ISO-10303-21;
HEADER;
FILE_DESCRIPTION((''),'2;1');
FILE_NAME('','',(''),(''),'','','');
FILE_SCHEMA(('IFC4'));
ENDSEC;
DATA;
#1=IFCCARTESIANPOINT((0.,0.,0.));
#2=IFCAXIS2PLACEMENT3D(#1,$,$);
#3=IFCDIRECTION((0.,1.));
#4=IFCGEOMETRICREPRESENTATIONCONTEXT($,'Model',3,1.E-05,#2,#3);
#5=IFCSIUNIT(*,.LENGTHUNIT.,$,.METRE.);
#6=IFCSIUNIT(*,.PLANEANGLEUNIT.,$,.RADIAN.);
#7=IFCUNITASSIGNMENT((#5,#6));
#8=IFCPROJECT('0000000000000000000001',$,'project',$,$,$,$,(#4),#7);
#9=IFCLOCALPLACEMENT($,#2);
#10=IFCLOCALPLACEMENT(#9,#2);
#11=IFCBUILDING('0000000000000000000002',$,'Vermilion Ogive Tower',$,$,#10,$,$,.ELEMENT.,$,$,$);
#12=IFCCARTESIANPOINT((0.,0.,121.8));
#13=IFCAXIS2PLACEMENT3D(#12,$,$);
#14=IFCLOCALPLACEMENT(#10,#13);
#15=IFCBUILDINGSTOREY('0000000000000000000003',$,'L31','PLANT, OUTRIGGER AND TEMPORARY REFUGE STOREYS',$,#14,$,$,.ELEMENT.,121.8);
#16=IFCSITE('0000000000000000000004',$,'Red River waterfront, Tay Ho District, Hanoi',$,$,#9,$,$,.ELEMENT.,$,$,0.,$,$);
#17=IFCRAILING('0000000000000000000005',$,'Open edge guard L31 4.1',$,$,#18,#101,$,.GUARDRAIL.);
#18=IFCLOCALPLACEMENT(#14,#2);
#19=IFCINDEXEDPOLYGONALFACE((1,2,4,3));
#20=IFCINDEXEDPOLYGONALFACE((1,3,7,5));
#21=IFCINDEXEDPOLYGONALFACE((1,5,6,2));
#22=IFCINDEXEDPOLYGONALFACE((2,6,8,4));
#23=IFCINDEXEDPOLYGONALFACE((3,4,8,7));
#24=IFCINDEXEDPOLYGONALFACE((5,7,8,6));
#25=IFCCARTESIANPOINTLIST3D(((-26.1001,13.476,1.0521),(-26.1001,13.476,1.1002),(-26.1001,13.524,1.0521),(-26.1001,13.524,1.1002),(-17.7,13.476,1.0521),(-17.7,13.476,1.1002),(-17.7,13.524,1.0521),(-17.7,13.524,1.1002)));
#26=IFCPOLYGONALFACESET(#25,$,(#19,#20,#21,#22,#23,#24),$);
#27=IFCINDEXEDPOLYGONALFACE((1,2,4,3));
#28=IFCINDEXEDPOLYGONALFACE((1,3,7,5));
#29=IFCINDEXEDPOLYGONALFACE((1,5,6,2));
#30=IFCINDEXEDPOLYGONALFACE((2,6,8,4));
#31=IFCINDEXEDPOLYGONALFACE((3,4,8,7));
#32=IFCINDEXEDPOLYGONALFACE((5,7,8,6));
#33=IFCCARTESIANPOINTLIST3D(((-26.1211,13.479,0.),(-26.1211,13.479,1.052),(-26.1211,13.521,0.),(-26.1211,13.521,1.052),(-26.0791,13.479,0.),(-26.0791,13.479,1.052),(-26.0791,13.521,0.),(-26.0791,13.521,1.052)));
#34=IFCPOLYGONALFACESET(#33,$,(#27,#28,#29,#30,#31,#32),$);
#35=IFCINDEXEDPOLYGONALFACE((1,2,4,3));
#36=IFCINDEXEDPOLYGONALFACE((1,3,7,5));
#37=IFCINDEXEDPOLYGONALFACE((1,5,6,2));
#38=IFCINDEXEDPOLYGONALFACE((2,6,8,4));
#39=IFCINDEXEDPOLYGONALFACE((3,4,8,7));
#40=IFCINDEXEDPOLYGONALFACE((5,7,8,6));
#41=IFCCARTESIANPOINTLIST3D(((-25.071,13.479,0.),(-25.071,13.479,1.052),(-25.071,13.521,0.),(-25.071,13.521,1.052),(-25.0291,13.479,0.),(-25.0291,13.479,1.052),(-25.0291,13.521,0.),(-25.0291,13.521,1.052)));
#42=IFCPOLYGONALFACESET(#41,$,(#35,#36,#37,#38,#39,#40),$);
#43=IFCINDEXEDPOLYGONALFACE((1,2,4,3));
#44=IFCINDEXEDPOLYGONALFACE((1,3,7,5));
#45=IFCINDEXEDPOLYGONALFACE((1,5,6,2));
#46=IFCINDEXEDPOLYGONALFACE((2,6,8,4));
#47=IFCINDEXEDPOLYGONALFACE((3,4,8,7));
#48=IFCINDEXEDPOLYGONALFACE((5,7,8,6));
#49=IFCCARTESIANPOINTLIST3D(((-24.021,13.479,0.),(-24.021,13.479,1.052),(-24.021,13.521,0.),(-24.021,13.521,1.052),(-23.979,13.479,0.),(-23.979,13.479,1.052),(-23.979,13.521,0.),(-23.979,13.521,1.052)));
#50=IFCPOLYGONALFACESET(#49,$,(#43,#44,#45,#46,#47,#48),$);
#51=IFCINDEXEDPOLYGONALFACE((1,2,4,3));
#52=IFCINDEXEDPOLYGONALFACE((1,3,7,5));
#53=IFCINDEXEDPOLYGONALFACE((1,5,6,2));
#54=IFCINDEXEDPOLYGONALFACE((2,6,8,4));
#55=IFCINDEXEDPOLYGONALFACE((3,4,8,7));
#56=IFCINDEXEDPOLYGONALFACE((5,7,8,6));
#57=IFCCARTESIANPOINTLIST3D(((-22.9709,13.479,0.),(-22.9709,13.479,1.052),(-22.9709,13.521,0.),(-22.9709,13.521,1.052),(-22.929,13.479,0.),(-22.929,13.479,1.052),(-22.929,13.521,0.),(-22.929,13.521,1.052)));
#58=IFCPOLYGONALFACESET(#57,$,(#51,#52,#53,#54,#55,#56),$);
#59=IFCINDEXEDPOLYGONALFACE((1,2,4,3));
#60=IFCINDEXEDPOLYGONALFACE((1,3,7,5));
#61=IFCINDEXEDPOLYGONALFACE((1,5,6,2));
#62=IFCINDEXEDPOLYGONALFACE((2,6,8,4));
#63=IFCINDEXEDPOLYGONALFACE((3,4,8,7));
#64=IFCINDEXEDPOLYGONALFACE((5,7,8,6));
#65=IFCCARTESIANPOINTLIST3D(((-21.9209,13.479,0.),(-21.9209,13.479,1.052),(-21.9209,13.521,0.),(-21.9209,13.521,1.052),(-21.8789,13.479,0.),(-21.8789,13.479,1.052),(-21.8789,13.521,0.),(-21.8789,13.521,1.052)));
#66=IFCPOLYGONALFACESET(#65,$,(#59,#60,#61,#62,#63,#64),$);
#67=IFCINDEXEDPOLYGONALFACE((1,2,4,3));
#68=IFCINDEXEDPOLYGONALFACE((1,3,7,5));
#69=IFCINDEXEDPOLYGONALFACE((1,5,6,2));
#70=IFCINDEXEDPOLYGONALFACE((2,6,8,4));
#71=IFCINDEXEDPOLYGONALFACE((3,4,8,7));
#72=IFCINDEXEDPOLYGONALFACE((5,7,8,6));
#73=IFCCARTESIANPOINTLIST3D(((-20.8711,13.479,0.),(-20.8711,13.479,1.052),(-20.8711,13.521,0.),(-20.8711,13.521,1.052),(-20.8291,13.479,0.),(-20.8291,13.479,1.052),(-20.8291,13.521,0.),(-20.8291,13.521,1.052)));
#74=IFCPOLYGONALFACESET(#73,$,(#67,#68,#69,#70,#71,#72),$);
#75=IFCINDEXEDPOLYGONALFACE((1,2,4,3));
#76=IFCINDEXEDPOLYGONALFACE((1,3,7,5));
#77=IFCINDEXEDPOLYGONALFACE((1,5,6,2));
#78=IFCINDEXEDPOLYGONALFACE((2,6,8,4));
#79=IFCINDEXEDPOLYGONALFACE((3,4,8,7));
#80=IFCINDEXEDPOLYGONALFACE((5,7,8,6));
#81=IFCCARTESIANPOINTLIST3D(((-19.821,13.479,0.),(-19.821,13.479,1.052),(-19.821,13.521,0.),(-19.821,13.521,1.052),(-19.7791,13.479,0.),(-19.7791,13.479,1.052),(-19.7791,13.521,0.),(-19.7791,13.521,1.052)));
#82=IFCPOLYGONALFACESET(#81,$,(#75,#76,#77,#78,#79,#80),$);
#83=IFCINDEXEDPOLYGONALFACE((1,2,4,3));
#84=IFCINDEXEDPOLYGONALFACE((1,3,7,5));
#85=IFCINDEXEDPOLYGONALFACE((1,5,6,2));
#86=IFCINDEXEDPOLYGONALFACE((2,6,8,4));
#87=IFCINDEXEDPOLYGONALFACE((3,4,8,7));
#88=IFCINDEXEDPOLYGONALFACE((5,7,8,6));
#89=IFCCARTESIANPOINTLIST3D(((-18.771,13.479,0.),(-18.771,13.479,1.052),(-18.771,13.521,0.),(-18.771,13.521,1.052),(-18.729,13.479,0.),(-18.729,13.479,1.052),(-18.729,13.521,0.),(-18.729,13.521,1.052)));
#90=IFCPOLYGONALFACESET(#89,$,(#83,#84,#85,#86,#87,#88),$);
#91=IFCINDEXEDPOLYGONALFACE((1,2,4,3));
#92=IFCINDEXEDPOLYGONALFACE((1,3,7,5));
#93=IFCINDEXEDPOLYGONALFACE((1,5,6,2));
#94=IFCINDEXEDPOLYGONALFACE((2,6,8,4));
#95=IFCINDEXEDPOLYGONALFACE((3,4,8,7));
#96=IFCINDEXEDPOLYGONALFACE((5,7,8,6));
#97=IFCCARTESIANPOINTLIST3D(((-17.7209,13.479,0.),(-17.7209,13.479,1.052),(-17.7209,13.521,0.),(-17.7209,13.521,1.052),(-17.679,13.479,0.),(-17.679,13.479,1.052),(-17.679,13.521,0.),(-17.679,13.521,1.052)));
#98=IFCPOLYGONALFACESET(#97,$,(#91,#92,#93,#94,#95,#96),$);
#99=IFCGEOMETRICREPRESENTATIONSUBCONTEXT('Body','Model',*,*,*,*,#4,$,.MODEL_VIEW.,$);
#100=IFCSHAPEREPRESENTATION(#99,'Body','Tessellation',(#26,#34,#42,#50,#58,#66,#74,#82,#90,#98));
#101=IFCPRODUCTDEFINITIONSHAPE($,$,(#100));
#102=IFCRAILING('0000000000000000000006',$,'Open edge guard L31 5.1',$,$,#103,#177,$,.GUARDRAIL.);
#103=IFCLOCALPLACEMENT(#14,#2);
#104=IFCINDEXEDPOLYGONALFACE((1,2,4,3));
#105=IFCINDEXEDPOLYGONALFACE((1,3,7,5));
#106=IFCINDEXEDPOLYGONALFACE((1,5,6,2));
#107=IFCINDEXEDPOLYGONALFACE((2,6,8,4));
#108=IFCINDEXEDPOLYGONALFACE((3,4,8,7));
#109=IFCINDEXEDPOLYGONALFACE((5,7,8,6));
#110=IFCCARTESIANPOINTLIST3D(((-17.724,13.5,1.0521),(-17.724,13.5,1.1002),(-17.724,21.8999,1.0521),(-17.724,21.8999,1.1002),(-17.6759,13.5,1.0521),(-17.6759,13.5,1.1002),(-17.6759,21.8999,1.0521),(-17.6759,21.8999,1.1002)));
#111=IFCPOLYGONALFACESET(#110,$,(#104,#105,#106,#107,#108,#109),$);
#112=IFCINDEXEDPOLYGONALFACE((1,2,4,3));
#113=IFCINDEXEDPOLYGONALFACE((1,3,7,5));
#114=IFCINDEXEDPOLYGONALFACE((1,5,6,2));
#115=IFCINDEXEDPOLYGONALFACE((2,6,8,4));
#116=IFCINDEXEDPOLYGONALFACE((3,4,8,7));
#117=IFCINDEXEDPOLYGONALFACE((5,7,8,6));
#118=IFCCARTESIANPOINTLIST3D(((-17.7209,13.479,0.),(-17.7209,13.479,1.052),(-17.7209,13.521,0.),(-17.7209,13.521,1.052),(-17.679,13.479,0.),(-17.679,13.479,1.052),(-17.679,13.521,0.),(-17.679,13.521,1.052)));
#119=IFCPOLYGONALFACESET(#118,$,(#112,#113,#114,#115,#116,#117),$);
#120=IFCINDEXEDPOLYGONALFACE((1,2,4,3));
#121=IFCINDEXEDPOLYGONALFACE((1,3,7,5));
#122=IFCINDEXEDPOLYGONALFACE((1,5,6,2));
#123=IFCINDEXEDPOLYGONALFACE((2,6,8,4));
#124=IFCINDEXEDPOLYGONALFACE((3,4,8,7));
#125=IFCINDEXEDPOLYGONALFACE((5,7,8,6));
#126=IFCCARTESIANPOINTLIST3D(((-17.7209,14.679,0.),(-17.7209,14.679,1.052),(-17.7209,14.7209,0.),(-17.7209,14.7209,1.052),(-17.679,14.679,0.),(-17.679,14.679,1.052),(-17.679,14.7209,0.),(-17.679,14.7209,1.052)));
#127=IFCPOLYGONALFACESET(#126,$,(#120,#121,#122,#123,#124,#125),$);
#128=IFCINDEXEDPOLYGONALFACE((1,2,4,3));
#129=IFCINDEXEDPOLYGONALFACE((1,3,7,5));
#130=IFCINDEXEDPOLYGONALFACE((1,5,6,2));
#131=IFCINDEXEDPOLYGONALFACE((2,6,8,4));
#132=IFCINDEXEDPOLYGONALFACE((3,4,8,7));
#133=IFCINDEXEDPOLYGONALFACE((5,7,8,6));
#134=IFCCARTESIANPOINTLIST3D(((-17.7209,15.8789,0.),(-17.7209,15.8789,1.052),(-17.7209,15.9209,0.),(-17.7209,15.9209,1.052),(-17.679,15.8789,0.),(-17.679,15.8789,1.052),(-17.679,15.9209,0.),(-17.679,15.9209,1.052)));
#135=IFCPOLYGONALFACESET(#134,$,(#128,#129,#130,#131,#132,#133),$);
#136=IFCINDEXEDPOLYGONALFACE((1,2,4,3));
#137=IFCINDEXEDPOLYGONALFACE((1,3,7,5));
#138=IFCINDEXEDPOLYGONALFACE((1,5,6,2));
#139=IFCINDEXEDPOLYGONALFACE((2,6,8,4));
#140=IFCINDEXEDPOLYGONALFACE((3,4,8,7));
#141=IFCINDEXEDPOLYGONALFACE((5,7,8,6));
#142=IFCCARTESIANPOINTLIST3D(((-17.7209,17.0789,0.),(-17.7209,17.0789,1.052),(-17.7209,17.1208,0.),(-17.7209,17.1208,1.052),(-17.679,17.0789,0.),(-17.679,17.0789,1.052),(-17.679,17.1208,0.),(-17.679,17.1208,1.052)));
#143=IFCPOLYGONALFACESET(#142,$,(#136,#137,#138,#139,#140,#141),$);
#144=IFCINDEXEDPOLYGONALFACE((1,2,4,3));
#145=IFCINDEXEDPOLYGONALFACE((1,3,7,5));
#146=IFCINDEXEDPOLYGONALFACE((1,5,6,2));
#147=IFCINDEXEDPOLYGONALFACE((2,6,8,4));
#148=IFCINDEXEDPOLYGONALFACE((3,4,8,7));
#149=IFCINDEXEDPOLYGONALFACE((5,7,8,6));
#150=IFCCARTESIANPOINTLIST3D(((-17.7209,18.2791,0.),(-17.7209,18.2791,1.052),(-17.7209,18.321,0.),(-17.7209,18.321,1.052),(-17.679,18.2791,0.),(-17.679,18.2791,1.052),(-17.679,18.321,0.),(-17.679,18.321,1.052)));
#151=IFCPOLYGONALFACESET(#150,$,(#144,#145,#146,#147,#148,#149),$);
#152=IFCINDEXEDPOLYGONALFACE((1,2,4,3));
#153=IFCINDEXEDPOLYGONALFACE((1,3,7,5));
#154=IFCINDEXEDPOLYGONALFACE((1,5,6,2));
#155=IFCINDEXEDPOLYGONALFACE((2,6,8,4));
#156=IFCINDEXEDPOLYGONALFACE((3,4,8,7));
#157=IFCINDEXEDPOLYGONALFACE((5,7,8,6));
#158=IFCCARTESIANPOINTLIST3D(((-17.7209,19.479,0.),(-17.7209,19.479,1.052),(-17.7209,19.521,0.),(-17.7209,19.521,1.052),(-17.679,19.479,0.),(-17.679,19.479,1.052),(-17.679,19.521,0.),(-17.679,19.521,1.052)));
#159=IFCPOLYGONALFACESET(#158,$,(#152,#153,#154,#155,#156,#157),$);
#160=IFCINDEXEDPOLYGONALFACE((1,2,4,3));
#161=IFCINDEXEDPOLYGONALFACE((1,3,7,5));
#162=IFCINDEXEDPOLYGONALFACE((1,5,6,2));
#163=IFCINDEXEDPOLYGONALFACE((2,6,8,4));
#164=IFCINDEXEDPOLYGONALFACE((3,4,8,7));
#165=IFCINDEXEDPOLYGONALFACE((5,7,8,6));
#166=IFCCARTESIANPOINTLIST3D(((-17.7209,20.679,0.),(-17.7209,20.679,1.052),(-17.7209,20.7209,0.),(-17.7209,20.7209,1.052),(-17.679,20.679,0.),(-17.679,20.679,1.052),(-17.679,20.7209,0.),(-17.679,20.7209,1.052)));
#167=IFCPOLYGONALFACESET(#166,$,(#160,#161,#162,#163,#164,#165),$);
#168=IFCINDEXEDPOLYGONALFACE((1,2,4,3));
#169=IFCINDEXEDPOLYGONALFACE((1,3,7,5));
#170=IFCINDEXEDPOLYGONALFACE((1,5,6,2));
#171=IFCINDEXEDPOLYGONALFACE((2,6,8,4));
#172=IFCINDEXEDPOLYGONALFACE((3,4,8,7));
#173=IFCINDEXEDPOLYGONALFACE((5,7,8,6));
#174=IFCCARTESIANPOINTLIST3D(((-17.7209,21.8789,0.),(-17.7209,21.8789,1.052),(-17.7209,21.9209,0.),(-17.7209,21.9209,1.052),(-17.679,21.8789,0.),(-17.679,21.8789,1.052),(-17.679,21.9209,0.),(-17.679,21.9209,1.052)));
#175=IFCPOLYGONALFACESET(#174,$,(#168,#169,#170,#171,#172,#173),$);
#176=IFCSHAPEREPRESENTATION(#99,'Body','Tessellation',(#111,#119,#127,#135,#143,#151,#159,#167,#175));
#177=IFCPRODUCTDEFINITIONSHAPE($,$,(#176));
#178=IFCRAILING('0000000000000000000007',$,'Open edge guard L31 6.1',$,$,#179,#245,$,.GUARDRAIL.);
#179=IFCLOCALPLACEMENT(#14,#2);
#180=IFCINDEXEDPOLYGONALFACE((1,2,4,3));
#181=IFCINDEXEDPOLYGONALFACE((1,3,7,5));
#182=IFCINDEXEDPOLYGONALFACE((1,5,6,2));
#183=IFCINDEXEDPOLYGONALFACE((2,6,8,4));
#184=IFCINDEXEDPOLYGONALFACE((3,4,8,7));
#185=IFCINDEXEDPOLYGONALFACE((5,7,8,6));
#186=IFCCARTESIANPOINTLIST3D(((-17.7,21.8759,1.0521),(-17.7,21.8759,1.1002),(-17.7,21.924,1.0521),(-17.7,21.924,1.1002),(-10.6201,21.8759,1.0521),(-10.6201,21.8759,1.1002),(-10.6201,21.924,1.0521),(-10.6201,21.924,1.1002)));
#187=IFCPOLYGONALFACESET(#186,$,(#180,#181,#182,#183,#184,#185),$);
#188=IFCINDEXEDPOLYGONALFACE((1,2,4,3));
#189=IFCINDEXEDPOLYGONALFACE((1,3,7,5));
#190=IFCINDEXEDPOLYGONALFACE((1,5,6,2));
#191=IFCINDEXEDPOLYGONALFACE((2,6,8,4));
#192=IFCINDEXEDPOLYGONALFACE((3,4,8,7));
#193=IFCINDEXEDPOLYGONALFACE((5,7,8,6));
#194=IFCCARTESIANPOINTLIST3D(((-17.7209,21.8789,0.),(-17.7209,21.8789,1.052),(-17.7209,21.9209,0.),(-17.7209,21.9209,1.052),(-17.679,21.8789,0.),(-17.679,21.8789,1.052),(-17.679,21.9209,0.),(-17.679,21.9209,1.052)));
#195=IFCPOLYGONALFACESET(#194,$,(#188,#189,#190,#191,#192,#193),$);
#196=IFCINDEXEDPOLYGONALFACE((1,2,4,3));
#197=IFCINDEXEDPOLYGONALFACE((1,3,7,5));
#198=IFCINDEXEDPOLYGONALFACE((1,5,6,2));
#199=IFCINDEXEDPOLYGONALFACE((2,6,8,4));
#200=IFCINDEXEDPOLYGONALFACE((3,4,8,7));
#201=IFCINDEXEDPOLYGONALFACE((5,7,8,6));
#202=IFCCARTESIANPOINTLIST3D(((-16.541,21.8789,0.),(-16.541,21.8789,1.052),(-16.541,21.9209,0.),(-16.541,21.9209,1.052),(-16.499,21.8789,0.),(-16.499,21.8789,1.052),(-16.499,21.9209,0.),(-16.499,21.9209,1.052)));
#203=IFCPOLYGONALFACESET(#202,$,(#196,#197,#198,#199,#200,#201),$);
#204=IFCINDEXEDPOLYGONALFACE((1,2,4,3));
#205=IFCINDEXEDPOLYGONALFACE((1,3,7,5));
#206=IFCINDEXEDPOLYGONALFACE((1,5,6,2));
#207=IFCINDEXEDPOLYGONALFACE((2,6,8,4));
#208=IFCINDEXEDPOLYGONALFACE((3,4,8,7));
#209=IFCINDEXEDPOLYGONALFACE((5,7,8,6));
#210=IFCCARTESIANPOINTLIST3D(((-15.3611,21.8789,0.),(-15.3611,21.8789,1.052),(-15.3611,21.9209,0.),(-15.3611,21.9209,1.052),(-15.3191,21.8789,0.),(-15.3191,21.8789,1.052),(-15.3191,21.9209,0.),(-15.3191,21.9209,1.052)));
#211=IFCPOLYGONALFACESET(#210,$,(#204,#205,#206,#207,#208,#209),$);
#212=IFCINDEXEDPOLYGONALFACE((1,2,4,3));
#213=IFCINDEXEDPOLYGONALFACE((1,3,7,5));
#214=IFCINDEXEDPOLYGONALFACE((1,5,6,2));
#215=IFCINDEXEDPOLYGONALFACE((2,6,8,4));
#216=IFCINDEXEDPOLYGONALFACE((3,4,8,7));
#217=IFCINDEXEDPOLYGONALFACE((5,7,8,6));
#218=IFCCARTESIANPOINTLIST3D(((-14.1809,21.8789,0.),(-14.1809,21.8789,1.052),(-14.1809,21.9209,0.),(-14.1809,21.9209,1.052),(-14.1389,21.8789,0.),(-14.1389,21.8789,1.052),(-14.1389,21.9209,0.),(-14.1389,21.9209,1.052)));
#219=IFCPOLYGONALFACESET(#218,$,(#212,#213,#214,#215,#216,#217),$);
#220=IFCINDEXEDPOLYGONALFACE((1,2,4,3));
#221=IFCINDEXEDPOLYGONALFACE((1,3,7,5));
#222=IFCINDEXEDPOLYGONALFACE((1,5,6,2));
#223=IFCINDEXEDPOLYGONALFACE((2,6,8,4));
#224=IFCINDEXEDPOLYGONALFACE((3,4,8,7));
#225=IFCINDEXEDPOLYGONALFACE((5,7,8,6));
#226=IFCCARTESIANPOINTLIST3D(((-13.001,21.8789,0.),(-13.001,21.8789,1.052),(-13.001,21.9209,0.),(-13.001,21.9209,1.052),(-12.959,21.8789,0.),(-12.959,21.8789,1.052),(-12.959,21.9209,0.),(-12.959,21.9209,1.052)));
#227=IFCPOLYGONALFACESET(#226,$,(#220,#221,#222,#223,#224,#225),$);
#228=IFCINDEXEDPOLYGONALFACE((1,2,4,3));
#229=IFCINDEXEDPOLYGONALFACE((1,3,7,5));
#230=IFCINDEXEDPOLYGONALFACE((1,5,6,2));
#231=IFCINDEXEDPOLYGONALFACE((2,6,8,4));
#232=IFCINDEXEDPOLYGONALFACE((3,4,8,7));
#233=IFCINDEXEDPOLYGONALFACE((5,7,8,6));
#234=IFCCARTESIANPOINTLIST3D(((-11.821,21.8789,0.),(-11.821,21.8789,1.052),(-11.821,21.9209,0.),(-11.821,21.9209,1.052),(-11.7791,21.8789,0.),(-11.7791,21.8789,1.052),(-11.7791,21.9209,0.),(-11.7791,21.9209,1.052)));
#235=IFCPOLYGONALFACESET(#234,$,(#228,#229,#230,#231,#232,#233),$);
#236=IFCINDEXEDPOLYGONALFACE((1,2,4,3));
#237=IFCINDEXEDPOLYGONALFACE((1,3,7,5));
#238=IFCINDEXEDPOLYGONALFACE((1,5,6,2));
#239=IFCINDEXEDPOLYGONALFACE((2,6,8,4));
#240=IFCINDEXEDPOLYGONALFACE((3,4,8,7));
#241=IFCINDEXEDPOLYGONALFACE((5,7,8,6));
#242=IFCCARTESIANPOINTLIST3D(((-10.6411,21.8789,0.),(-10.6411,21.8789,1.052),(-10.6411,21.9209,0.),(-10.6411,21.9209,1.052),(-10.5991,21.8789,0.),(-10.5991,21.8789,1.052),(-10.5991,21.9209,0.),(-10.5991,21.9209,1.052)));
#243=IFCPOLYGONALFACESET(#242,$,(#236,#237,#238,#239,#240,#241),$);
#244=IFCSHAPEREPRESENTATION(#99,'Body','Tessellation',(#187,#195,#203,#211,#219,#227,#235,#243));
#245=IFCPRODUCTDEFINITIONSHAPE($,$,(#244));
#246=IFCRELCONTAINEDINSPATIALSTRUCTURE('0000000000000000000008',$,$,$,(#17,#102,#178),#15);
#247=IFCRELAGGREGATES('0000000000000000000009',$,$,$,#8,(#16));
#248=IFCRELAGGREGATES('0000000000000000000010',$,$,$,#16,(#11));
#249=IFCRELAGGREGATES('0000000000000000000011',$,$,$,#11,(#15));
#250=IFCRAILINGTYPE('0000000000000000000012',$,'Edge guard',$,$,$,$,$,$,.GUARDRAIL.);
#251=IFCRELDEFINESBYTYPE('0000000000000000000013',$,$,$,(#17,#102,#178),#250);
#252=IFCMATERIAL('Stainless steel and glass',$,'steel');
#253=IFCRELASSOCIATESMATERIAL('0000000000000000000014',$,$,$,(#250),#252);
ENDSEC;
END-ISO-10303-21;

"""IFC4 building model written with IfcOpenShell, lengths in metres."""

from ifc_helpers import new_model, si_unit, direction, frame, origin, origin_2d, place, context, subcontext, project, spatial, rectangle, extrude, material, type_object, element, save


model = new_model("IFC4")

# Units and contexts
model_context = context("Model", 3, precision=1e-05, world=origin(), true_north=direction((0.0, 1.0)))
body_context = subcontext(model_context, "Body", "Model", "MODEL_VIEW")
ifc_project = project(units=[si_unit("LENGTHUNIT", "METRE"), si_unit("PLANEANGLEUNIT", "RADIAN")], contexts=[model_context])

# Site, building, storey
site_placement = place(None, origin())
site = spatial("IfcSite", under=ifc_project, at=site_placement, Name="Red River waterfront, Tay Ho District, Hanoi", CompositionType="ELEMENT", RefElevation=0.0)
building_placement = place(site_placement, origin())
building = spatial("IfcBuilding", under=site, at=building_placement, Name="Vermilion Ogive Tower", CompositionType="ELEMENT")
storey_placement = place(building_placement, frame((0.0, 0.0, 121.8)))
storey = spatial("IfcBuildingStorey", under=building, at=storey_placement, Name="L31", Description="PLANT, OUTRIGGER AND TEMPORARY REFUGE STOREYS", CompositionType="ELEMENT", Elevation=121.8)

# Railings
ifc_material_1 = material(Name="Stainless steel and glass", Category="steel")
railing_type = type_object("IfcRailingType", Name="Edge guard", PredefinedType="GUARDRAIL", material=ifc_material_1)
railing_1_placement = place(storey_placement, frame((-26.1001, 13.5, 0.0)))
element("IfcRailing", 1, at=railing_1_placement, inside=storey, type_object=railing_type, Name="Open edge guard L31 4.1", PredefinedType="GUARDRAIL", context=body_context, shape_type="SweptSolid", body=[
    extrude(rectangle(XDim=0.0481, YDim=0.0481, at=origin_2d()), frame((0.0, 0.0, 1.0762), z_axis=(1.0, 0.0, 0.0), x_axis=(0.0, 1.0, 0.0)), (0.0, 0.0, 1.0), 8.4001),
    extrude(rectangle(XDim=0.042, YDim=0.042, at=origin_2d()), origin(), (0.0, 0.0, 1.0), 1.052),
    extrude(rectangle(XDim=0.042, YDim=0.042, at=origin_2d()), frame((1.05, 0.0, 0.0)), (0.0, 0.0, 1.0), 1.052),
    extrude(rectangle(XDim=0.042, YDim=0.042, at=origin_2d()), frame((2.1001, 0.0, 0.0)), (0.0, 0.0, 1.0), 1.052),
    extrude(rectangle(XDim=0.042, YDim=0.042, at=origin_2d()), frame((3.1501, 0.0, 0.0)), (0.0, 0.0, 1.0), 1.052),
    extrude(rectangle(XDim=0.042, YDim=0.042, at=origin_2d()), frame((4.2002, 0.0, 0.0)), (0.0, 0.0, 1.0), 1.052),
    extrude(rectangle(XDim=0.042, YDim=0.042, at=origin_2d()), frame((5.25, 0.0, 0.0)), (0.0, 0.0, 1.0), 1.052),
    extrude(rectangle(XDim=0.042, YDim=0.042, at=origin_2d()), frame((6.3, 0.0, 0.0)), (0.0, 0.0, 1.0), 1.052),
    extrude(rectangle(XDim=0.042, YDim=0.042, at=origin_2d()), frame((7.3501, 0.0, 0.0)), (0.0, 0.0, 1.0), 1.052),
    extrude(rectangle(XDim=0.042, YDim=0.042, at=origin_2d()), frame((8.4001, 0.0, 0.0)), (0.0, 0.0, 1.0), 1.052),
])
railing_2_placement = place(storey_placement, frame((-17.7, 13.5, 0.0)))
element("IfcRailing", 2, at=railing_2_placement, inside=storey, type_object=railing_type, Name="Open edge guard L31 5.1", PredefinedType="GUARDRAIL", context=body_context, shape_type="SweptSolid", body=[
    extrude(rectangle(XDim=0.0481, YDim=0.0481, at=origin_2d()), frame((0.0, 0.0, 1.0762), z_axis=(0.0, 1.0, 0.0), x_axis=(-1.0, 0.0, 0.0)), (0.0, 0.0, 1.0), 8.3999),
    extrude(rectangle(XDim=0.042, YDim=0.042, at=origin_2d()), origin(), (0.0, 0.0, 1.0), 1.052),
    extrude(rectangle(XDim=0.042, YDim=0.042, at=origin_2d()), frame((0.0, 1.2, 0.0)), (0.0, 0.0, 1.0), 1.052),
    extrude(rectangle(XDim=0.042, YDim=0.042, at=origin_2d()), frame((0.0, 2.3999, 0.0)), (0.0, 0.0, 1.0), 1.052),
    extrude(rectangle(XDim=0.042, YDim=0.042, at=origin_2d()), frame((0.0, 3.5999, 0.0)), (0.0, 0.0, 1.0), 1.052),
    extrude(rectangle(XDim=0.042, YDim=0.042, at=origin_2d()), frame((0.0, 4.8, 0.0)), (0.0, 0.0, 1.0), 1.052),
    extrude(rectangle(XDim=0.042, YDim=0.042, at=origin_2d()), frame((0.0, 6.0, 0.0)), (0.0, 0.0, 1.0), 1.052),
    extrude(rectangle(XDim=0.042, YDim=0.042, at=origin_2d()), frame((0.0, 7.2, 0.0)), (0.0, 0.0, 1.0), 1.052),
    extrude(rectangle(XDim=0.042, YDim=0.042, at=origin_2d()), frame((0.0, 8.3999, 0.0)), (0.0, 0.0, 1.0), 1.052),
])
railing_3_placement = place(storey_placement, frame((-17.7, 21.8999, 0.0)))
element("IfcRailing", 3, at=railing_3_placement, inside=storey, type_object=railing_type, Name="Open edge guard L31 6.1", PredefinedType="GUARDRAIL", context=body_context, shape_type="SweptSolid", body=[
    extrude(rectangle(XDim=0.0481, YDim=0.0481, at=origin_2d()), frame((0.0, 0.0, 1.0762), z_axis=(1.0, 0.0, 0.0), x_axis=(0.0, 1.0, 0.0)), (0.0, 0.0, 1.0), 7.0798),
    extrude(rectangle(XDim=0.042, YDim=0.042, at=origin_2d()), origin(), (0.0, 0.0, 1.0), 1.052),
    extrude(rectangle(XDim=0.042, YDim=0.042, at=origin_2d()), frame((1.1799, 0.0, 0.0)), (0.0, 0.0, 1.0), 1.052),
    extrude(rectangle(XDim=0.042, YDim=0.042, at=origin_2d()), frame((2.3599, 0.0, 0.0)), (0.0, 0.0, 1.0), 1.052),
    extrude(rectangle(XDim=0.042, YDim=0.042, at=origin_2d()), frame((3.54, 0.0, 0.0)), (0.0, 0.0, 1.0), 1.052),
    extrude(rectangle(XDim=0.042, YDim=0.042, at=origin_2d()), frame((4.72, 0.0, 0.0)), (0.0, 0.0, 1.0), 1.052),
    extrude(rectangle(XDim=0.042, YDim=0.042, at=origin_2d()), frame((5.8999, 0.0, 0.0)), (0.0, 0.0, 1.0), 1.052),
    extrude(rectangle(XDim=0.042, YDim=0.042, at=origin_2d()), frame((7.0798, 0.0, 0.0)), (0.0, 0.0, 1.0), 1.052),
])

save(model, "model.ifc")
